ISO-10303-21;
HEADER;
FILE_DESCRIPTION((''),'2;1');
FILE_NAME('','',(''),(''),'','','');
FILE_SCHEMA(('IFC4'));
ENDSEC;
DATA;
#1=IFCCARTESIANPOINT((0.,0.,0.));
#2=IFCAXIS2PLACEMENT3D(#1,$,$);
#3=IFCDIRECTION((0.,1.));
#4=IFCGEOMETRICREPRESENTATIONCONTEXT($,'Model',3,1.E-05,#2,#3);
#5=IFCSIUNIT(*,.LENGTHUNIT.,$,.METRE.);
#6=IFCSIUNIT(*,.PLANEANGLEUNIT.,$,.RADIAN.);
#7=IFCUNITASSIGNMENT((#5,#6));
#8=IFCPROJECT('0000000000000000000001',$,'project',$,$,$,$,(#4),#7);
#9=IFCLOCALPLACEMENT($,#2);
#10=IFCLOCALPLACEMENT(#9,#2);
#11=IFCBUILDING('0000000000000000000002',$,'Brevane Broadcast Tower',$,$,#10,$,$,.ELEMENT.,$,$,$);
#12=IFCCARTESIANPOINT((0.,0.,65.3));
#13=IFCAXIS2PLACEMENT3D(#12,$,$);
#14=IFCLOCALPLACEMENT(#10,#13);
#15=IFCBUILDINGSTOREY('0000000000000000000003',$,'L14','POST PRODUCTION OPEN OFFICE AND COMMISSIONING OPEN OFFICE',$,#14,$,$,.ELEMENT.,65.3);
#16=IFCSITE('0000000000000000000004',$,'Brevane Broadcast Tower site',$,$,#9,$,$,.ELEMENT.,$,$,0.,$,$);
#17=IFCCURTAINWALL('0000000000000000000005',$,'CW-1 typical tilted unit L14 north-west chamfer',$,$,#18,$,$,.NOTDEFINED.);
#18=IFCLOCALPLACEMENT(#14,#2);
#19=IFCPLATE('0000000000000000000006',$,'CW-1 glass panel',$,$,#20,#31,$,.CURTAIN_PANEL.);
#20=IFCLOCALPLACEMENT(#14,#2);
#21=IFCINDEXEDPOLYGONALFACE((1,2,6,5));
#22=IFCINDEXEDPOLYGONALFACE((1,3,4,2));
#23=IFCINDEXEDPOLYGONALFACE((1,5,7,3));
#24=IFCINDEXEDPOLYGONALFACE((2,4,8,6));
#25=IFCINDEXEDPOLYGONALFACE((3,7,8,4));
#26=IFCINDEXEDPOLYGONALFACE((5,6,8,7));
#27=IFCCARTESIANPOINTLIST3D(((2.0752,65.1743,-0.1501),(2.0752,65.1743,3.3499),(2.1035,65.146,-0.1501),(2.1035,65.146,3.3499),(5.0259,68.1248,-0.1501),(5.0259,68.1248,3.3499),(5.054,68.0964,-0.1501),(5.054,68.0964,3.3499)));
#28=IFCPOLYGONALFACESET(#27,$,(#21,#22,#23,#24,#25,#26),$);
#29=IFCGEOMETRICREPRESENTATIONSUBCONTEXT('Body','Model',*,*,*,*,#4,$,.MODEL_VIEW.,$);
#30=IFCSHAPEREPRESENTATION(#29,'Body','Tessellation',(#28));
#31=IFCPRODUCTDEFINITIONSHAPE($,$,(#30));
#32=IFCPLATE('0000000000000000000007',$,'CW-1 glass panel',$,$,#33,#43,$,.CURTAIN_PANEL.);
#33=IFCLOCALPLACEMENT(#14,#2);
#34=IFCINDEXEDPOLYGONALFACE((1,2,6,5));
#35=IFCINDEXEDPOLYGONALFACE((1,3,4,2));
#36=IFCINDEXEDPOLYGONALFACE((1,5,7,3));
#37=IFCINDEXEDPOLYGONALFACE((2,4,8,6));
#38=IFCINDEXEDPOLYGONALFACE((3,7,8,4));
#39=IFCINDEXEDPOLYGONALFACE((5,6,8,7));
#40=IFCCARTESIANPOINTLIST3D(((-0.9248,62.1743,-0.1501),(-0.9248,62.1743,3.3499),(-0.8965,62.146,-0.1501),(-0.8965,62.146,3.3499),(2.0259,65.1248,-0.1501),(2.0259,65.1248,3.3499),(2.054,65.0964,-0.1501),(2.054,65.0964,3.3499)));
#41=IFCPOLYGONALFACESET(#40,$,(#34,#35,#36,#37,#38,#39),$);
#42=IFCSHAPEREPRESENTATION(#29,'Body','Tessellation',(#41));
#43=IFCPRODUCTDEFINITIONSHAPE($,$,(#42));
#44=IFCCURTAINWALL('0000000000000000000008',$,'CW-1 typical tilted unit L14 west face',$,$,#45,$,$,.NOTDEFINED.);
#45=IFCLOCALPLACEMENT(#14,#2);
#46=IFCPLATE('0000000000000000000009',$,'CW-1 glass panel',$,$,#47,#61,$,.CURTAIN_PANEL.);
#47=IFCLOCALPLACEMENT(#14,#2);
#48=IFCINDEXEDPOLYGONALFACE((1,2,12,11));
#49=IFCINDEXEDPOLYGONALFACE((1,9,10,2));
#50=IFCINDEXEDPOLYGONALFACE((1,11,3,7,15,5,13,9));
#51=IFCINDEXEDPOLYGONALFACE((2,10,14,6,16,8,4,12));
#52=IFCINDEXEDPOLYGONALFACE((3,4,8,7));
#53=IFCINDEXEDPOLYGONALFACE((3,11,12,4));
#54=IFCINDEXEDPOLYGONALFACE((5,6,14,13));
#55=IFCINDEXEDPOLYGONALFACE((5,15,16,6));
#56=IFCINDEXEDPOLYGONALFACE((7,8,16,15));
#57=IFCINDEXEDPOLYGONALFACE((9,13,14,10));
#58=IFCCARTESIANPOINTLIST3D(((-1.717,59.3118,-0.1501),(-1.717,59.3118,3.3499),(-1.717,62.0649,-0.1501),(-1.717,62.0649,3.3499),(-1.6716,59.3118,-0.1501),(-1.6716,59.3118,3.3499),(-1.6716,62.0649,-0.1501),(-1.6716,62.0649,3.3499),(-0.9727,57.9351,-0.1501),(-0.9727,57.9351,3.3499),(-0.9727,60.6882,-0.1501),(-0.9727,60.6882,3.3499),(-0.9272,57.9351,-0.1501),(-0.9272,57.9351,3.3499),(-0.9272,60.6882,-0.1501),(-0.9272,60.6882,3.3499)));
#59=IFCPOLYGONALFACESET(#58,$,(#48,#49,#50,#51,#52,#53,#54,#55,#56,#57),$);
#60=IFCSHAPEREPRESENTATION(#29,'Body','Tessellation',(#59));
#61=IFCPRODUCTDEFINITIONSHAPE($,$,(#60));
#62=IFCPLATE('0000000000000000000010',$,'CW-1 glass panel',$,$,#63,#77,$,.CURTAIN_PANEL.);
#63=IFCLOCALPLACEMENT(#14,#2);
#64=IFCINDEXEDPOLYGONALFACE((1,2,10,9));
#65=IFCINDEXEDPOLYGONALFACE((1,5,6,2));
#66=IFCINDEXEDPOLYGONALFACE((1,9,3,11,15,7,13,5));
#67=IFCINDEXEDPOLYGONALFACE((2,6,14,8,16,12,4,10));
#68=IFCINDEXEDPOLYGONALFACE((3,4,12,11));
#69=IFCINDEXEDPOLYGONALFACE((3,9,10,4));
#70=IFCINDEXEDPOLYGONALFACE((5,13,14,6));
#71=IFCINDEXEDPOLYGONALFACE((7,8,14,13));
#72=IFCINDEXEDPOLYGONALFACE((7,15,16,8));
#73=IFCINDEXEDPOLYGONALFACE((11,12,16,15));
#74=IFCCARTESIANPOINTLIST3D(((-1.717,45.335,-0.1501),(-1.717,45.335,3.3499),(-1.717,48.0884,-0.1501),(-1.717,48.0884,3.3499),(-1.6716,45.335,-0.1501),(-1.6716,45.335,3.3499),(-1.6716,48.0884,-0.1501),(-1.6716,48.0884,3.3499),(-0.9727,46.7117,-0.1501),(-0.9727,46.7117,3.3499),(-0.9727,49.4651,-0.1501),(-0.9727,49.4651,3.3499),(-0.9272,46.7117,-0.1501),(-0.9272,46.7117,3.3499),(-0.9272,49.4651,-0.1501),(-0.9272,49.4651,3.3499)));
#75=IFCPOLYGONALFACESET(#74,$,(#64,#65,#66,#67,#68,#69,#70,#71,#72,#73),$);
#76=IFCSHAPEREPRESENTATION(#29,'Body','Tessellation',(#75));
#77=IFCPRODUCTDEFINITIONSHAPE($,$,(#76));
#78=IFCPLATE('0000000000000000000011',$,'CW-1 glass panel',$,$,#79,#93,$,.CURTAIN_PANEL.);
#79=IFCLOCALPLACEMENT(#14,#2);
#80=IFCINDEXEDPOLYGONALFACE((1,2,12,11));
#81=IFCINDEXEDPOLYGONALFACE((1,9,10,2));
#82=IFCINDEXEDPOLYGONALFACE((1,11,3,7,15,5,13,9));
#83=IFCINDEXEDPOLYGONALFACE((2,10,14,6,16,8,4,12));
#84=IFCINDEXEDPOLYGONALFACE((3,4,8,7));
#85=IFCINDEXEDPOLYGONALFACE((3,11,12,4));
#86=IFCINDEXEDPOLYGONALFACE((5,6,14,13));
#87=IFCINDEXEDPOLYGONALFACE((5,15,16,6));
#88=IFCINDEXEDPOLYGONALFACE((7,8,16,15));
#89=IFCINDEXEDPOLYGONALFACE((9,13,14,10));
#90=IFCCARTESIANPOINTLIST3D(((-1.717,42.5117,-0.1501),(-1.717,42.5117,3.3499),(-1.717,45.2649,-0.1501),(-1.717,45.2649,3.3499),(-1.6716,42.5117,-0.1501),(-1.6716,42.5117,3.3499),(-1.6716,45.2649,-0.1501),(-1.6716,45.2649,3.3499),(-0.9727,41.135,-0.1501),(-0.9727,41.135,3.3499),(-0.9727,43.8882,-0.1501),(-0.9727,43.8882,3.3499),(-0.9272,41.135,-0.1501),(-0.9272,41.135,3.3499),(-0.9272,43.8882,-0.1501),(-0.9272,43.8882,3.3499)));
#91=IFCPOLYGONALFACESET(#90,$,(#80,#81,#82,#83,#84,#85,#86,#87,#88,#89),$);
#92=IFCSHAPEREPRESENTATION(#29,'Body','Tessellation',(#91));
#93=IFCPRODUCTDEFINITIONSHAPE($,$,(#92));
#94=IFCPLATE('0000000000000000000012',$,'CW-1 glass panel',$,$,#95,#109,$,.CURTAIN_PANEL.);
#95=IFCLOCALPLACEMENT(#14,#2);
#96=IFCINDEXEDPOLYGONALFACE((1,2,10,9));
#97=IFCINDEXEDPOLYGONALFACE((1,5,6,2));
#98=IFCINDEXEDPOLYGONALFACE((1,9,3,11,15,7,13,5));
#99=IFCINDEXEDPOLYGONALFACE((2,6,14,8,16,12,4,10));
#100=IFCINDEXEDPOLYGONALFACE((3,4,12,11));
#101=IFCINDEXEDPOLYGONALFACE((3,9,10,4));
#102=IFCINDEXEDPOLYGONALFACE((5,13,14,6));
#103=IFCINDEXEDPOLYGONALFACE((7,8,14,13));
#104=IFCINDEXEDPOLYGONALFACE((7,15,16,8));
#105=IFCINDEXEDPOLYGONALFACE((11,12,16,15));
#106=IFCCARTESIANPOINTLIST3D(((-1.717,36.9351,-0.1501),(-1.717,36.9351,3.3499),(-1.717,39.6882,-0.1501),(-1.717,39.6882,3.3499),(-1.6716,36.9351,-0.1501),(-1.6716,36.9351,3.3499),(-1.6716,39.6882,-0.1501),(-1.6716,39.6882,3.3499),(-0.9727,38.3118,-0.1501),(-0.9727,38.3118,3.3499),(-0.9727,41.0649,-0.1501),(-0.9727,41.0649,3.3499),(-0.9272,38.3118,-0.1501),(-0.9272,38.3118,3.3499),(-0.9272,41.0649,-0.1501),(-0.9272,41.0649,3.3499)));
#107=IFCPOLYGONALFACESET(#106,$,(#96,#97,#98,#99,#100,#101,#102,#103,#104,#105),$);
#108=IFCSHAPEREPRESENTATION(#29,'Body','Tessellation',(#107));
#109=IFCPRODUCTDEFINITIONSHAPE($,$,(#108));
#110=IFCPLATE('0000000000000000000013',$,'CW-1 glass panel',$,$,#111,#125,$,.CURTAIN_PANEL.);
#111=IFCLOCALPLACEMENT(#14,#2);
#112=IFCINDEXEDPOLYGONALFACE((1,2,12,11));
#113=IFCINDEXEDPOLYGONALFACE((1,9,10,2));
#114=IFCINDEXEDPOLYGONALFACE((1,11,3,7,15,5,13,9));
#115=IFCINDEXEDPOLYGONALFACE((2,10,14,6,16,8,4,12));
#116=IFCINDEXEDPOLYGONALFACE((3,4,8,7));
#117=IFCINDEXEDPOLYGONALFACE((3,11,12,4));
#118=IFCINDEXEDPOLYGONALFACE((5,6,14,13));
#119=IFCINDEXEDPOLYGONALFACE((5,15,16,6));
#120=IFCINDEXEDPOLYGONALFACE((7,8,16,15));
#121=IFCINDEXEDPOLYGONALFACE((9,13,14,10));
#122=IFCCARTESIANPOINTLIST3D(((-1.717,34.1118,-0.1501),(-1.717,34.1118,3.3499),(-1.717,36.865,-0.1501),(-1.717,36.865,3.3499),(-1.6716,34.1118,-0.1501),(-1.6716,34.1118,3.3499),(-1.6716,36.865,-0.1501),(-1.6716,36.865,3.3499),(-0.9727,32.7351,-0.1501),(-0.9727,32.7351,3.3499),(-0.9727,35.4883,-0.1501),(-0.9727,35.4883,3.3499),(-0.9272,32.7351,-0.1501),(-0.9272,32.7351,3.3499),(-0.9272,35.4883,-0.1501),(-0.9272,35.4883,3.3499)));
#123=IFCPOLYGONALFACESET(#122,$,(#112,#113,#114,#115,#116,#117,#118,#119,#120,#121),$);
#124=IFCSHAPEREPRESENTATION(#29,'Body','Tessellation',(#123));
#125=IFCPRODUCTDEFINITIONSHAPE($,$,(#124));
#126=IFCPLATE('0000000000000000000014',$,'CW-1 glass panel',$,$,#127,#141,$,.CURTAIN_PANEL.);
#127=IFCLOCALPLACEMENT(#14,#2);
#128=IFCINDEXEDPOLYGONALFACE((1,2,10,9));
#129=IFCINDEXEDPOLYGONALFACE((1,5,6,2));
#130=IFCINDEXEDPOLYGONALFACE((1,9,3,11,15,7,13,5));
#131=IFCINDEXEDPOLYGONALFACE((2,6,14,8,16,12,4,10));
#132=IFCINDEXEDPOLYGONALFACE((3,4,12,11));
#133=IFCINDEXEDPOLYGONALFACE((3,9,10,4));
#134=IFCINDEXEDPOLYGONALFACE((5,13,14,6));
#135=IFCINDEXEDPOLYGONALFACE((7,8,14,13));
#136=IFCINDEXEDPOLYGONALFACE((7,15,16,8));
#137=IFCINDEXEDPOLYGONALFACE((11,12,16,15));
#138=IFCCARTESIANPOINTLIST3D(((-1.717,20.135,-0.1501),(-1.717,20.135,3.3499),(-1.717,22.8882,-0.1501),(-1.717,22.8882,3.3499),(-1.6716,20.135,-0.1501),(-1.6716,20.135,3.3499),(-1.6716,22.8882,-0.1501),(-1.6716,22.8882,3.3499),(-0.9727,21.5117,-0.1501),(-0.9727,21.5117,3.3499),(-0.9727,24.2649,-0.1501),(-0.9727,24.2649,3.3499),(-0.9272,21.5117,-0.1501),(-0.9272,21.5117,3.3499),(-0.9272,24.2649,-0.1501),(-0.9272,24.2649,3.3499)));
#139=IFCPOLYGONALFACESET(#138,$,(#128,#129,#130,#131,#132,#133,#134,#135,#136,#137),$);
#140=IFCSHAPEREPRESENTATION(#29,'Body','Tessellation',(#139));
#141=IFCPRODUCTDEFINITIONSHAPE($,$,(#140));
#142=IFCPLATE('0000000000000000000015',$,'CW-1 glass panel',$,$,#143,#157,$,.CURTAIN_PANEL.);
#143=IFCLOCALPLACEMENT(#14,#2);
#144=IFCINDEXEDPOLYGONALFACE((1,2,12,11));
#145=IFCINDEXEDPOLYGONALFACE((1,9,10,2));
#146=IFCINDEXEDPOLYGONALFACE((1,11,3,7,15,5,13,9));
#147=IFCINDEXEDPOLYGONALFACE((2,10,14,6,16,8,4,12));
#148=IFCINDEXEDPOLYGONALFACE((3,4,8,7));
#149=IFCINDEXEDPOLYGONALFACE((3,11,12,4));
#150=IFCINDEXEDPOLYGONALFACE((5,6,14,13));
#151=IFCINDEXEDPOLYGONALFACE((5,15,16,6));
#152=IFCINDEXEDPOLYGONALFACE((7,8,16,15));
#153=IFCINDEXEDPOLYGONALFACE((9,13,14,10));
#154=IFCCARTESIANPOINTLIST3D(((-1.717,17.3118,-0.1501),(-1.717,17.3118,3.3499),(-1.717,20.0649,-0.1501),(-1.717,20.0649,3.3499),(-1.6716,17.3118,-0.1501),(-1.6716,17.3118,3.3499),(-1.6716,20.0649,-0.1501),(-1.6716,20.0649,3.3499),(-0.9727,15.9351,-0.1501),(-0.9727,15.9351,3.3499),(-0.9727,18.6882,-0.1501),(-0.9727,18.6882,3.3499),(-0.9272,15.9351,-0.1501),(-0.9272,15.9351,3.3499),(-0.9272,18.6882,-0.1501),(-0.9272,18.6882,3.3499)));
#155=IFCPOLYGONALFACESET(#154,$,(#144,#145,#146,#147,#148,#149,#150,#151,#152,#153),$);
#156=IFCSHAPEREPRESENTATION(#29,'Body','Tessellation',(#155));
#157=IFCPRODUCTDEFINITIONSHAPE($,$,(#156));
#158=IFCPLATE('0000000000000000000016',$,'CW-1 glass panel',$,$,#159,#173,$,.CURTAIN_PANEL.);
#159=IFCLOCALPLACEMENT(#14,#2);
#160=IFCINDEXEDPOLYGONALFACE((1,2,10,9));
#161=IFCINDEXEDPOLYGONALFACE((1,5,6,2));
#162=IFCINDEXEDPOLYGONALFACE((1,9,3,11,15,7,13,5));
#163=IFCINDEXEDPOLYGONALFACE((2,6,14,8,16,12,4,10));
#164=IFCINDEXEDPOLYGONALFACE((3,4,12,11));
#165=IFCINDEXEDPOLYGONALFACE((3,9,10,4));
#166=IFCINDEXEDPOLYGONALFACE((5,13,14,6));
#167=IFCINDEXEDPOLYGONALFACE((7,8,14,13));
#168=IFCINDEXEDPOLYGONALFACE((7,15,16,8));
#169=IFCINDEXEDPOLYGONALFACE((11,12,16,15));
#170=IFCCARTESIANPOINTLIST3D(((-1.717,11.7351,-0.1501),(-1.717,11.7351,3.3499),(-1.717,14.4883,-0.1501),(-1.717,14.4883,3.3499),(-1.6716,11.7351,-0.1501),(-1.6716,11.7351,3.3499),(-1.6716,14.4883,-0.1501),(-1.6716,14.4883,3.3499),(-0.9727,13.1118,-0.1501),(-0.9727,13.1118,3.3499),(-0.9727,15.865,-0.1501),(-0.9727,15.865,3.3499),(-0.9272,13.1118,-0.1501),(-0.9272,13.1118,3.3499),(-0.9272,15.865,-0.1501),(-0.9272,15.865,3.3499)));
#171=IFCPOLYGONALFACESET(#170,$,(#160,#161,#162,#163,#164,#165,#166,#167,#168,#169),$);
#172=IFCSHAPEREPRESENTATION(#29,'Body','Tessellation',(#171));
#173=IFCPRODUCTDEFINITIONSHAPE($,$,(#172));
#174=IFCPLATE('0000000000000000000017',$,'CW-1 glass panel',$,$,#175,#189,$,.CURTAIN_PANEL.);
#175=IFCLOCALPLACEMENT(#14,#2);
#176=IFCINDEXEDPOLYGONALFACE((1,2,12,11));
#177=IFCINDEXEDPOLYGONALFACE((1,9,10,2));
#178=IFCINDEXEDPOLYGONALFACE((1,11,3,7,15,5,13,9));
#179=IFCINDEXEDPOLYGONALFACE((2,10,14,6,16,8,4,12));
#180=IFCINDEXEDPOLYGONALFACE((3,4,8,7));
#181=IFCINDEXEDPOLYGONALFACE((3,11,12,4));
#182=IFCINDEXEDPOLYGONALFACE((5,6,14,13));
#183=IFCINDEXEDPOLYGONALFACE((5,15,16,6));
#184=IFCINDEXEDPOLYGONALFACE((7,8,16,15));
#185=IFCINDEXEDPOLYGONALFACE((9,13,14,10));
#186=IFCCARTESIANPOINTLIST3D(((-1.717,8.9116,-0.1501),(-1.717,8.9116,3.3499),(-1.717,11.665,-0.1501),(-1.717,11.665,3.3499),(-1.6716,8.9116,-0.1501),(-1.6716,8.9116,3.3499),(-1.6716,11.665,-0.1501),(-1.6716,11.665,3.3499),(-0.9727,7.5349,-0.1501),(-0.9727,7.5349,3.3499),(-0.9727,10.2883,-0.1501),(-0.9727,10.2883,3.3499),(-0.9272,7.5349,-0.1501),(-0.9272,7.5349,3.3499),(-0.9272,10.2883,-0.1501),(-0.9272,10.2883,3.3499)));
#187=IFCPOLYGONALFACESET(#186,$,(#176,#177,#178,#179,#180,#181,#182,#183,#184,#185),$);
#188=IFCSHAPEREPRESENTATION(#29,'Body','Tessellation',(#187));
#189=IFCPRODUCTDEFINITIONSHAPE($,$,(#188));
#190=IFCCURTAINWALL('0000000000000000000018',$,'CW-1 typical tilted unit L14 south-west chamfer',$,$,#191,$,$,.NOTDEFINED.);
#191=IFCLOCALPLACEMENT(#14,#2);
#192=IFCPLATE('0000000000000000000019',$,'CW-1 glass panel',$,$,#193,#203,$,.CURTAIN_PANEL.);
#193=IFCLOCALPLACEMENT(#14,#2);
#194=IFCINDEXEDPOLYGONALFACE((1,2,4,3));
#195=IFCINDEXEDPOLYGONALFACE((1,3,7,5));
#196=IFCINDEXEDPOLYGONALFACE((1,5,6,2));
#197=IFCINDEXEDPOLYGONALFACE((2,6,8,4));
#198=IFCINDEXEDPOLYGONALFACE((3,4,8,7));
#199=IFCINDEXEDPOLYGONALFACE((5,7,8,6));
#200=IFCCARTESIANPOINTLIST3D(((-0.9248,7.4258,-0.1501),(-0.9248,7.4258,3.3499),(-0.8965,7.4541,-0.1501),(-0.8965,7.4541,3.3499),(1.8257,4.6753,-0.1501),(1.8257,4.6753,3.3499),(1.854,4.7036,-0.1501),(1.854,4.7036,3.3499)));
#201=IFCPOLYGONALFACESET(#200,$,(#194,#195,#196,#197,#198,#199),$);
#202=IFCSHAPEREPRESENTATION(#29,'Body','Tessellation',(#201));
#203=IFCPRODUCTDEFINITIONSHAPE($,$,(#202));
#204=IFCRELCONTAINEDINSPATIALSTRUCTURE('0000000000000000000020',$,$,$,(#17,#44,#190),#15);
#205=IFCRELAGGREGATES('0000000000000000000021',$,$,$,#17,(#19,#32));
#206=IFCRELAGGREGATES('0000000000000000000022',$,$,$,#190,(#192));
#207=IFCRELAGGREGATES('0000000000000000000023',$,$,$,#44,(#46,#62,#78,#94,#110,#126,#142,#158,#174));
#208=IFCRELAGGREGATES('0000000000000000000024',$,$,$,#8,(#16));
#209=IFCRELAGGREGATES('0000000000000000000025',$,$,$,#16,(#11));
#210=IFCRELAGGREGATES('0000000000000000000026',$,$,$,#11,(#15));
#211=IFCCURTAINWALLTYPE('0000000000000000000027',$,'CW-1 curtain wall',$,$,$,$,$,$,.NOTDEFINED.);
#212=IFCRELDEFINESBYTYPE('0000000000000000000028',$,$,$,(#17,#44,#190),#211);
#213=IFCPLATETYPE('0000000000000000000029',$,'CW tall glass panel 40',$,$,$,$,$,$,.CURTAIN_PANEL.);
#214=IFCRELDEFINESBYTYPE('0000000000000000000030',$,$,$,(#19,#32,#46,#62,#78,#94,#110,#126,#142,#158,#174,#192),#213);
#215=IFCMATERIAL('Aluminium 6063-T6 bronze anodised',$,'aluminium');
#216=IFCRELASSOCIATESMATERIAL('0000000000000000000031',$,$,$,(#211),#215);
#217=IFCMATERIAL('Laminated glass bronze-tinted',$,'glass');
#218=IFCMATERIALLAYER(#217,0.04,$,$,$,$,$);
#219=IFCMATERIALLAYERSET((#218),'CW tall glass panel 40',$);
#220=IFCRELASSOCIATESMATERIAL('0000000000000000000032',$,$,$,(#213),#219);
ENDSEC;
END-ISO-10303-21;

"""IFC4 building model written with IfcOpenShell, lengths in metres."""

from ifc_helpers import new_model, si_unit, direction, frame, origin, place, context, subcontext, project, spatial, polyline, outline, extrude, material, layer, layer_set, type_object, element, aggregate, save


model = new_model("IFC4")

# Units and contexts
model_context = context("Model", 3, precision=1e-05, world=origin(), true_north=direction((0.0, 1.0)))
body_context = subcontext(model_context, "Body", "Model", "MODEL_VIEW")
ifc_project = project(units=[si_unit("LENGTHUNIT", "METRE"), si_unit("PLANEANGLEUNIT", "RADIAN")], contexts=[model_context])

# Site, building, storey
site_placement = place(None, origin())
site = spatial("IfcSite", under=ifc_project, at=site_placement, Name="Brevane Broadcast Tower site", CompositionType="ELEMENT", RefElevation=0.0)
building_placement = place(site_placement, origin())
building = spatial("IfcBuilding", under=site, at=building_placement, Name="Brevane Broadcast Tower", CompositionType="ELEMENT")
storey_placement = place(building_placement, frame((0.0, 0.0, 65.3)))
storey = spatial("IfcBuildingStorey", under=building, at=storey_placement, Name="L14", Description="POST PRODUCTION OPEN OFFICE AND COMMISSIONING OPEN OFFICE", CompositionType="ELEMENT", Elevation=65.3)

# Curtain walls, plates
ifc_material_1 = material(Name="Aluminium 6063-T6 bronze anodised", Category="aluminium")
curtain_wall_type = type_object("IfcCurtainWallType", Name="CW-1 curtain wall", PredefinedType="NOTDEFINED", material=ifc_material_1)
curtain_wall_1_placement = place(storey_placement, origin())
curtain_wall_1 = element("IfcCurtainWall", 1, at=curtain_wall_1_placement, inside=storey, type_object=curtain_wall_type, Name="CW-1 typical tilted unit L14 north-west chamfer", PredefinedType="NOTDEFINED")
ifc_material_2 = material(Name="Laminated glass bronze-tinted", Category="glass")
ifc_layer_1 = layer(ifc_material_2, 0.04)
ifc_layer_set_1 = layer_set([ifc_layer_1], Name="CW tall glass panel 40")
plate_type = type_object("IfcPlateType", Name="CW tall glass panel 40", PredefinedType="CURTAIN_PANEL", material=ifc_layer_set_1)
plate_1_placement = place(storey_placement, frame((0.0, 0.0, -0.1501)))
plate_1 = element("IfcPlate", 2, at=plate_1_placement, type_object=plate_type, Name="CW-1 glass panel", PredefinedType="CURTAIN_PANEL", context=body_context, shape_type="SweptSolid", body=[
    extrude(outline(polyline([(5.054, 68.0964), (2.1035, 65.146), (2.0752, 65.1743), (5.0259, 68.1248), (5.054, 68.0964)])), origin(), (0.0, 0.0, 1.0), 3.5),
])
plate_2_placement = place(storey_placement, frame((0.0, 0.0, -0.1501)))
plate_2 = element("IfcPlate", 3, at=plate_2_placement, type_object=plate_type, Name="CW-1 glass panel", PredefinedType="CURTAIN_PANEL", context=body_context, shape_type="SweptSolid", body=[
    extrude(outline(polyline([(2.054, 65.0964), (-0.8965, 62.146), (-0.9248, 62.1743), (2.0259, 65.1248), (2.054, 65.0964)])), origin(), (0.0, 0.0, 1.0), 3.5),
])
aggregate(curtain_wall_1, [plate_1, plate_2])
curtain_wall_2_placement = place(storey_placement, origin())
curtain_wall_2 = element("IfcCurtainWall", 4, at=curtain_wall_2_placement, inside=storey, type_object=curtain_wall_type, Name="CW-1 typical tilted unit L14 west face", PredefinedType="NOTDEFINED")
plate_3_placement = place(storey_placement, frame((0.0, 0.0, -0.1501)))
plate_3 = element("IfcPlate", 5, at=plate_3_placement, type_object=plate_type, Name="CW-1 glass panel", PredefinedType="CURTAIN_PANEL", context=body_context, shape_type="SweptSolid", body=[
    extrude(outline(polyline([(-1.6716, 62.0649), (-1.717, 62.0649), (-0.9727, 60.6882), (-1.717, 59.3118), (-0.9727, 57.9351), (-0.9272, 57.9351), (-1.6716, 59.3118), (-0.9272, 60.6882), (-1.6716, 62.0649)])), origin(), (0.0, 0.0, 1.0), 3.5),
])
plate_4_placement = place(storey_placement, frame((0.0, 0.0, -0.1501)))
plate_4 = element("IfcPlate", 6, at=plate_4_placement, type_object=plate_type, Name="CW-1 glass panel", PredefinedType="CURTAIN_PANEL", context=body_context, shape_type="SweptSolid", body=[
    extrude(outline(polyline([(-0.9272, 49.4651), (-0.9727, 49.4651), (-1.717, 48.0884), (-0.9727, 46.7117), (-1.717, 45.335), (-1.6716, 45.335), (-0.9272, 46.7117), (-1.6716, 48.0884), (-0.9272, 49.4651)])), origin(), (0.0, 0.0, 1.0), 3.5),
])
plate_5_placement = place(storey_placement, frame((0.0, 0.0, -0.1501)))
plate_5 = element("IfcPlate", 7, at=plate_5_placement, type_object=plate_type, Name="CW-1 glass panel", PredefinedType="CURTAIN_PANEL", context=body_context, shape_type="SweptSolid", body=[
    extrude(outline(polyline([(-1.6716, 45.2649), (-1.717, 45.2649), (-0.9727, 43.8882), (-1.717, 42.5117), (-0.9727, 41.135), (-0.9272, 41.135), (-1.6716, 42.5117), (-0.9272, 43.8882), (-1.6716, 45.2649)])), origin(), (0.0, 0.0, 1.0), 3.5),
])
plate_6_placement = place(storey_placement, frame((0.0, 0.0, -0.1501)))
plate_6 = element("IfcPlate", 8, at=plate_6_placement, type_object=plate_type, Name="CW-1 glass panel", PredefinedType="CURTAIN_PANEL", context=body_context, shape_type="SweptSolid", body=[
    extrude(outline(polyline([(-0.9272, 41.0649), (-0.9727, 41.0649), (-1.717, 39.6882), (-0.9727, 38.3118), (-1.717, 36.9351), (-1.6716, 36.9351), (-0.9272, 38.3118), (-1.6716, 39.6882), (-0.9272, 41.0649)])), origin(), (0.0, 0.0, 1.0), 3.5),
])
plate_7_placement = place(storey_placement, frame((0.0, 0.0, -0.1501)))
plate_7 = element("IfcPlate", 9, at=plate_7_placement, type_object=plate_type, Name="CW-1 glass panel", PredefinedType="CURTAIN_PANEL", context=body_context, shape_type="SweptSolid", body=[
    extrude(outline(polyline([(-1.6716, 36.865), (-1.717, 36.865), (-0.9727, 35.4883), (-1.717, 34.1118), (-0.9727, 32.7351), (-0.9272, 32.7351), (-1.6716, 34.1118), (-0.9272, 35.4883), (-1.6716, 36.865)])), origin(), (0.0, 0.0, 1.0), 3.5),
])
plate_8_placement = place(storey_placement, frame((0.0, 0.0, -0.1501)))
plate_8 = element("IfcPlate", 10, at=plate_8_placement, type_object=plate_type, Name="CW-1 glass panel", PredefinedType="CURTAIN_PANEL", context=body_context, shape_type="SweptSolid", body=[
    extrude(outline(polyline([(-0.9272, 24.2649), (-0.9727, 24.2649), (-1.717, 22.8882), (-0.9727, 21.5117), (-1.717, 20.135), (-1.6716, 20.135), (-0.9272, 21.5117), (-1.6716, 22.8882), (-0.9272, 24.2649)])), origin(), (0.0, 0.0, 1.0), 3.5),
])
plate_9_placement = place(storey_placement, frame((0.0, 0.0, -0.1501)))
plate_9 = element("IfcPlate", 11, at=plate_9_placement, type_object=plate_type, Name="CW-1 glass panel", PredefinedType="CURTAIN_PANEL", context=body_context, shape_type="SweptSolid", body=[
    extrude(outline(polyline([(-1.6716, 20.0649), (-1.717, 20.0649), (-0.9727, 18.6882), (-1.717, 17.3118), (-0.9727, 15.9351), (-0.9272, 15.9351), (-1.6716, 17.3118), (-0.9272, 18.6882), (-1.6716, 20.0649)])), origin(), (0.0, 0.0, 1.0), 3.5),
])
plate_10_placement = place(storey_placement, frame((0.0, 0.0, -0.1501)))
plate_10 = element("IfcPlate", 12, at=plate_10_placement, type_object=plate_type, Name="CW-1 glass panel", PredefinedType="CURTAIN_PANEL", context=body_context, shape_type="SweptSolid", body=[
    extrude(outline(polyline([(-0.9272, 15.865), (-0.9727, 15.865), (-1.717, 14.4883), (-0.9727, 13.1118), (-1.717, 11.7351), (-1.6716, 11.7351), (-0.9272, 13.1118), (-1.6716, 14.4883), (-0.9272, 15.865)])), origin(), (0.0, 0.0, 1.0), 3.5),
])
plate_11_placement = place(storey_placement, frame((0.0, 0.0, -0.1501)))
plate_11 = element("IfcPlate", 13, at=plate_11_placement, type_object=plate_type, Name="CW-1 glass panel", PredefinedType="CURTAIN_PANEL", context=body_context, shape_type="SweptSolid", body=[
    extrude(outline(polyline([(-1.6716, 11.665), (-1.717, 11.665), (-0.9727, 10.2883), (-1.717, 8.9116), (-0.9727, 7.5349), (-0.9272, 7.5349), (-1.6716, 8.9116), (-0.9272, 10.2883), (-1.6716, 11.665)])), origin(), (0.0, 0.0, 1.0), 3.5),
])
curtain_wall_3_placement = place(storey_placement, origin())
curtain_wall_3 = element("IfcCurtainWall", 14, at=curtain_wall_3_placement, inside=storey, type_object=curtain_wall_type, Name="CW-1 typical tilted unit L14 south-west chamfer", PredefinedType="NOTDEFINED")
plate_12_placement = place(storey_placement, frame((0.0, 0.0, -0.1501)))
plate_12 = element("IfcPlate", 15, at=plate_12_placement, type_object=plate_type, Name="CW-1 glass panel", PredefinedType="CURTAIN_PANEL", context=body_context, shape_type="SweptSolid", body=[
    extrude(outline(polyline([(-0.8965, 7.4541), (1.854, 4.7036), (1.8257, 4.6753), (-0.9248, 7.4258), (-0.8965, 7.4541)])), origin(), (0.0, 0.0, 1.0), 3.5),
])
aggregate(curtain_wall_3, [plate_12])

aggregate(curtain_wall_2, [plate_3, plate_4, plate_5, plate_6, plate_7, plate_8, plate_9, plate_10, plate_11])

save(model, "model.ifc")
